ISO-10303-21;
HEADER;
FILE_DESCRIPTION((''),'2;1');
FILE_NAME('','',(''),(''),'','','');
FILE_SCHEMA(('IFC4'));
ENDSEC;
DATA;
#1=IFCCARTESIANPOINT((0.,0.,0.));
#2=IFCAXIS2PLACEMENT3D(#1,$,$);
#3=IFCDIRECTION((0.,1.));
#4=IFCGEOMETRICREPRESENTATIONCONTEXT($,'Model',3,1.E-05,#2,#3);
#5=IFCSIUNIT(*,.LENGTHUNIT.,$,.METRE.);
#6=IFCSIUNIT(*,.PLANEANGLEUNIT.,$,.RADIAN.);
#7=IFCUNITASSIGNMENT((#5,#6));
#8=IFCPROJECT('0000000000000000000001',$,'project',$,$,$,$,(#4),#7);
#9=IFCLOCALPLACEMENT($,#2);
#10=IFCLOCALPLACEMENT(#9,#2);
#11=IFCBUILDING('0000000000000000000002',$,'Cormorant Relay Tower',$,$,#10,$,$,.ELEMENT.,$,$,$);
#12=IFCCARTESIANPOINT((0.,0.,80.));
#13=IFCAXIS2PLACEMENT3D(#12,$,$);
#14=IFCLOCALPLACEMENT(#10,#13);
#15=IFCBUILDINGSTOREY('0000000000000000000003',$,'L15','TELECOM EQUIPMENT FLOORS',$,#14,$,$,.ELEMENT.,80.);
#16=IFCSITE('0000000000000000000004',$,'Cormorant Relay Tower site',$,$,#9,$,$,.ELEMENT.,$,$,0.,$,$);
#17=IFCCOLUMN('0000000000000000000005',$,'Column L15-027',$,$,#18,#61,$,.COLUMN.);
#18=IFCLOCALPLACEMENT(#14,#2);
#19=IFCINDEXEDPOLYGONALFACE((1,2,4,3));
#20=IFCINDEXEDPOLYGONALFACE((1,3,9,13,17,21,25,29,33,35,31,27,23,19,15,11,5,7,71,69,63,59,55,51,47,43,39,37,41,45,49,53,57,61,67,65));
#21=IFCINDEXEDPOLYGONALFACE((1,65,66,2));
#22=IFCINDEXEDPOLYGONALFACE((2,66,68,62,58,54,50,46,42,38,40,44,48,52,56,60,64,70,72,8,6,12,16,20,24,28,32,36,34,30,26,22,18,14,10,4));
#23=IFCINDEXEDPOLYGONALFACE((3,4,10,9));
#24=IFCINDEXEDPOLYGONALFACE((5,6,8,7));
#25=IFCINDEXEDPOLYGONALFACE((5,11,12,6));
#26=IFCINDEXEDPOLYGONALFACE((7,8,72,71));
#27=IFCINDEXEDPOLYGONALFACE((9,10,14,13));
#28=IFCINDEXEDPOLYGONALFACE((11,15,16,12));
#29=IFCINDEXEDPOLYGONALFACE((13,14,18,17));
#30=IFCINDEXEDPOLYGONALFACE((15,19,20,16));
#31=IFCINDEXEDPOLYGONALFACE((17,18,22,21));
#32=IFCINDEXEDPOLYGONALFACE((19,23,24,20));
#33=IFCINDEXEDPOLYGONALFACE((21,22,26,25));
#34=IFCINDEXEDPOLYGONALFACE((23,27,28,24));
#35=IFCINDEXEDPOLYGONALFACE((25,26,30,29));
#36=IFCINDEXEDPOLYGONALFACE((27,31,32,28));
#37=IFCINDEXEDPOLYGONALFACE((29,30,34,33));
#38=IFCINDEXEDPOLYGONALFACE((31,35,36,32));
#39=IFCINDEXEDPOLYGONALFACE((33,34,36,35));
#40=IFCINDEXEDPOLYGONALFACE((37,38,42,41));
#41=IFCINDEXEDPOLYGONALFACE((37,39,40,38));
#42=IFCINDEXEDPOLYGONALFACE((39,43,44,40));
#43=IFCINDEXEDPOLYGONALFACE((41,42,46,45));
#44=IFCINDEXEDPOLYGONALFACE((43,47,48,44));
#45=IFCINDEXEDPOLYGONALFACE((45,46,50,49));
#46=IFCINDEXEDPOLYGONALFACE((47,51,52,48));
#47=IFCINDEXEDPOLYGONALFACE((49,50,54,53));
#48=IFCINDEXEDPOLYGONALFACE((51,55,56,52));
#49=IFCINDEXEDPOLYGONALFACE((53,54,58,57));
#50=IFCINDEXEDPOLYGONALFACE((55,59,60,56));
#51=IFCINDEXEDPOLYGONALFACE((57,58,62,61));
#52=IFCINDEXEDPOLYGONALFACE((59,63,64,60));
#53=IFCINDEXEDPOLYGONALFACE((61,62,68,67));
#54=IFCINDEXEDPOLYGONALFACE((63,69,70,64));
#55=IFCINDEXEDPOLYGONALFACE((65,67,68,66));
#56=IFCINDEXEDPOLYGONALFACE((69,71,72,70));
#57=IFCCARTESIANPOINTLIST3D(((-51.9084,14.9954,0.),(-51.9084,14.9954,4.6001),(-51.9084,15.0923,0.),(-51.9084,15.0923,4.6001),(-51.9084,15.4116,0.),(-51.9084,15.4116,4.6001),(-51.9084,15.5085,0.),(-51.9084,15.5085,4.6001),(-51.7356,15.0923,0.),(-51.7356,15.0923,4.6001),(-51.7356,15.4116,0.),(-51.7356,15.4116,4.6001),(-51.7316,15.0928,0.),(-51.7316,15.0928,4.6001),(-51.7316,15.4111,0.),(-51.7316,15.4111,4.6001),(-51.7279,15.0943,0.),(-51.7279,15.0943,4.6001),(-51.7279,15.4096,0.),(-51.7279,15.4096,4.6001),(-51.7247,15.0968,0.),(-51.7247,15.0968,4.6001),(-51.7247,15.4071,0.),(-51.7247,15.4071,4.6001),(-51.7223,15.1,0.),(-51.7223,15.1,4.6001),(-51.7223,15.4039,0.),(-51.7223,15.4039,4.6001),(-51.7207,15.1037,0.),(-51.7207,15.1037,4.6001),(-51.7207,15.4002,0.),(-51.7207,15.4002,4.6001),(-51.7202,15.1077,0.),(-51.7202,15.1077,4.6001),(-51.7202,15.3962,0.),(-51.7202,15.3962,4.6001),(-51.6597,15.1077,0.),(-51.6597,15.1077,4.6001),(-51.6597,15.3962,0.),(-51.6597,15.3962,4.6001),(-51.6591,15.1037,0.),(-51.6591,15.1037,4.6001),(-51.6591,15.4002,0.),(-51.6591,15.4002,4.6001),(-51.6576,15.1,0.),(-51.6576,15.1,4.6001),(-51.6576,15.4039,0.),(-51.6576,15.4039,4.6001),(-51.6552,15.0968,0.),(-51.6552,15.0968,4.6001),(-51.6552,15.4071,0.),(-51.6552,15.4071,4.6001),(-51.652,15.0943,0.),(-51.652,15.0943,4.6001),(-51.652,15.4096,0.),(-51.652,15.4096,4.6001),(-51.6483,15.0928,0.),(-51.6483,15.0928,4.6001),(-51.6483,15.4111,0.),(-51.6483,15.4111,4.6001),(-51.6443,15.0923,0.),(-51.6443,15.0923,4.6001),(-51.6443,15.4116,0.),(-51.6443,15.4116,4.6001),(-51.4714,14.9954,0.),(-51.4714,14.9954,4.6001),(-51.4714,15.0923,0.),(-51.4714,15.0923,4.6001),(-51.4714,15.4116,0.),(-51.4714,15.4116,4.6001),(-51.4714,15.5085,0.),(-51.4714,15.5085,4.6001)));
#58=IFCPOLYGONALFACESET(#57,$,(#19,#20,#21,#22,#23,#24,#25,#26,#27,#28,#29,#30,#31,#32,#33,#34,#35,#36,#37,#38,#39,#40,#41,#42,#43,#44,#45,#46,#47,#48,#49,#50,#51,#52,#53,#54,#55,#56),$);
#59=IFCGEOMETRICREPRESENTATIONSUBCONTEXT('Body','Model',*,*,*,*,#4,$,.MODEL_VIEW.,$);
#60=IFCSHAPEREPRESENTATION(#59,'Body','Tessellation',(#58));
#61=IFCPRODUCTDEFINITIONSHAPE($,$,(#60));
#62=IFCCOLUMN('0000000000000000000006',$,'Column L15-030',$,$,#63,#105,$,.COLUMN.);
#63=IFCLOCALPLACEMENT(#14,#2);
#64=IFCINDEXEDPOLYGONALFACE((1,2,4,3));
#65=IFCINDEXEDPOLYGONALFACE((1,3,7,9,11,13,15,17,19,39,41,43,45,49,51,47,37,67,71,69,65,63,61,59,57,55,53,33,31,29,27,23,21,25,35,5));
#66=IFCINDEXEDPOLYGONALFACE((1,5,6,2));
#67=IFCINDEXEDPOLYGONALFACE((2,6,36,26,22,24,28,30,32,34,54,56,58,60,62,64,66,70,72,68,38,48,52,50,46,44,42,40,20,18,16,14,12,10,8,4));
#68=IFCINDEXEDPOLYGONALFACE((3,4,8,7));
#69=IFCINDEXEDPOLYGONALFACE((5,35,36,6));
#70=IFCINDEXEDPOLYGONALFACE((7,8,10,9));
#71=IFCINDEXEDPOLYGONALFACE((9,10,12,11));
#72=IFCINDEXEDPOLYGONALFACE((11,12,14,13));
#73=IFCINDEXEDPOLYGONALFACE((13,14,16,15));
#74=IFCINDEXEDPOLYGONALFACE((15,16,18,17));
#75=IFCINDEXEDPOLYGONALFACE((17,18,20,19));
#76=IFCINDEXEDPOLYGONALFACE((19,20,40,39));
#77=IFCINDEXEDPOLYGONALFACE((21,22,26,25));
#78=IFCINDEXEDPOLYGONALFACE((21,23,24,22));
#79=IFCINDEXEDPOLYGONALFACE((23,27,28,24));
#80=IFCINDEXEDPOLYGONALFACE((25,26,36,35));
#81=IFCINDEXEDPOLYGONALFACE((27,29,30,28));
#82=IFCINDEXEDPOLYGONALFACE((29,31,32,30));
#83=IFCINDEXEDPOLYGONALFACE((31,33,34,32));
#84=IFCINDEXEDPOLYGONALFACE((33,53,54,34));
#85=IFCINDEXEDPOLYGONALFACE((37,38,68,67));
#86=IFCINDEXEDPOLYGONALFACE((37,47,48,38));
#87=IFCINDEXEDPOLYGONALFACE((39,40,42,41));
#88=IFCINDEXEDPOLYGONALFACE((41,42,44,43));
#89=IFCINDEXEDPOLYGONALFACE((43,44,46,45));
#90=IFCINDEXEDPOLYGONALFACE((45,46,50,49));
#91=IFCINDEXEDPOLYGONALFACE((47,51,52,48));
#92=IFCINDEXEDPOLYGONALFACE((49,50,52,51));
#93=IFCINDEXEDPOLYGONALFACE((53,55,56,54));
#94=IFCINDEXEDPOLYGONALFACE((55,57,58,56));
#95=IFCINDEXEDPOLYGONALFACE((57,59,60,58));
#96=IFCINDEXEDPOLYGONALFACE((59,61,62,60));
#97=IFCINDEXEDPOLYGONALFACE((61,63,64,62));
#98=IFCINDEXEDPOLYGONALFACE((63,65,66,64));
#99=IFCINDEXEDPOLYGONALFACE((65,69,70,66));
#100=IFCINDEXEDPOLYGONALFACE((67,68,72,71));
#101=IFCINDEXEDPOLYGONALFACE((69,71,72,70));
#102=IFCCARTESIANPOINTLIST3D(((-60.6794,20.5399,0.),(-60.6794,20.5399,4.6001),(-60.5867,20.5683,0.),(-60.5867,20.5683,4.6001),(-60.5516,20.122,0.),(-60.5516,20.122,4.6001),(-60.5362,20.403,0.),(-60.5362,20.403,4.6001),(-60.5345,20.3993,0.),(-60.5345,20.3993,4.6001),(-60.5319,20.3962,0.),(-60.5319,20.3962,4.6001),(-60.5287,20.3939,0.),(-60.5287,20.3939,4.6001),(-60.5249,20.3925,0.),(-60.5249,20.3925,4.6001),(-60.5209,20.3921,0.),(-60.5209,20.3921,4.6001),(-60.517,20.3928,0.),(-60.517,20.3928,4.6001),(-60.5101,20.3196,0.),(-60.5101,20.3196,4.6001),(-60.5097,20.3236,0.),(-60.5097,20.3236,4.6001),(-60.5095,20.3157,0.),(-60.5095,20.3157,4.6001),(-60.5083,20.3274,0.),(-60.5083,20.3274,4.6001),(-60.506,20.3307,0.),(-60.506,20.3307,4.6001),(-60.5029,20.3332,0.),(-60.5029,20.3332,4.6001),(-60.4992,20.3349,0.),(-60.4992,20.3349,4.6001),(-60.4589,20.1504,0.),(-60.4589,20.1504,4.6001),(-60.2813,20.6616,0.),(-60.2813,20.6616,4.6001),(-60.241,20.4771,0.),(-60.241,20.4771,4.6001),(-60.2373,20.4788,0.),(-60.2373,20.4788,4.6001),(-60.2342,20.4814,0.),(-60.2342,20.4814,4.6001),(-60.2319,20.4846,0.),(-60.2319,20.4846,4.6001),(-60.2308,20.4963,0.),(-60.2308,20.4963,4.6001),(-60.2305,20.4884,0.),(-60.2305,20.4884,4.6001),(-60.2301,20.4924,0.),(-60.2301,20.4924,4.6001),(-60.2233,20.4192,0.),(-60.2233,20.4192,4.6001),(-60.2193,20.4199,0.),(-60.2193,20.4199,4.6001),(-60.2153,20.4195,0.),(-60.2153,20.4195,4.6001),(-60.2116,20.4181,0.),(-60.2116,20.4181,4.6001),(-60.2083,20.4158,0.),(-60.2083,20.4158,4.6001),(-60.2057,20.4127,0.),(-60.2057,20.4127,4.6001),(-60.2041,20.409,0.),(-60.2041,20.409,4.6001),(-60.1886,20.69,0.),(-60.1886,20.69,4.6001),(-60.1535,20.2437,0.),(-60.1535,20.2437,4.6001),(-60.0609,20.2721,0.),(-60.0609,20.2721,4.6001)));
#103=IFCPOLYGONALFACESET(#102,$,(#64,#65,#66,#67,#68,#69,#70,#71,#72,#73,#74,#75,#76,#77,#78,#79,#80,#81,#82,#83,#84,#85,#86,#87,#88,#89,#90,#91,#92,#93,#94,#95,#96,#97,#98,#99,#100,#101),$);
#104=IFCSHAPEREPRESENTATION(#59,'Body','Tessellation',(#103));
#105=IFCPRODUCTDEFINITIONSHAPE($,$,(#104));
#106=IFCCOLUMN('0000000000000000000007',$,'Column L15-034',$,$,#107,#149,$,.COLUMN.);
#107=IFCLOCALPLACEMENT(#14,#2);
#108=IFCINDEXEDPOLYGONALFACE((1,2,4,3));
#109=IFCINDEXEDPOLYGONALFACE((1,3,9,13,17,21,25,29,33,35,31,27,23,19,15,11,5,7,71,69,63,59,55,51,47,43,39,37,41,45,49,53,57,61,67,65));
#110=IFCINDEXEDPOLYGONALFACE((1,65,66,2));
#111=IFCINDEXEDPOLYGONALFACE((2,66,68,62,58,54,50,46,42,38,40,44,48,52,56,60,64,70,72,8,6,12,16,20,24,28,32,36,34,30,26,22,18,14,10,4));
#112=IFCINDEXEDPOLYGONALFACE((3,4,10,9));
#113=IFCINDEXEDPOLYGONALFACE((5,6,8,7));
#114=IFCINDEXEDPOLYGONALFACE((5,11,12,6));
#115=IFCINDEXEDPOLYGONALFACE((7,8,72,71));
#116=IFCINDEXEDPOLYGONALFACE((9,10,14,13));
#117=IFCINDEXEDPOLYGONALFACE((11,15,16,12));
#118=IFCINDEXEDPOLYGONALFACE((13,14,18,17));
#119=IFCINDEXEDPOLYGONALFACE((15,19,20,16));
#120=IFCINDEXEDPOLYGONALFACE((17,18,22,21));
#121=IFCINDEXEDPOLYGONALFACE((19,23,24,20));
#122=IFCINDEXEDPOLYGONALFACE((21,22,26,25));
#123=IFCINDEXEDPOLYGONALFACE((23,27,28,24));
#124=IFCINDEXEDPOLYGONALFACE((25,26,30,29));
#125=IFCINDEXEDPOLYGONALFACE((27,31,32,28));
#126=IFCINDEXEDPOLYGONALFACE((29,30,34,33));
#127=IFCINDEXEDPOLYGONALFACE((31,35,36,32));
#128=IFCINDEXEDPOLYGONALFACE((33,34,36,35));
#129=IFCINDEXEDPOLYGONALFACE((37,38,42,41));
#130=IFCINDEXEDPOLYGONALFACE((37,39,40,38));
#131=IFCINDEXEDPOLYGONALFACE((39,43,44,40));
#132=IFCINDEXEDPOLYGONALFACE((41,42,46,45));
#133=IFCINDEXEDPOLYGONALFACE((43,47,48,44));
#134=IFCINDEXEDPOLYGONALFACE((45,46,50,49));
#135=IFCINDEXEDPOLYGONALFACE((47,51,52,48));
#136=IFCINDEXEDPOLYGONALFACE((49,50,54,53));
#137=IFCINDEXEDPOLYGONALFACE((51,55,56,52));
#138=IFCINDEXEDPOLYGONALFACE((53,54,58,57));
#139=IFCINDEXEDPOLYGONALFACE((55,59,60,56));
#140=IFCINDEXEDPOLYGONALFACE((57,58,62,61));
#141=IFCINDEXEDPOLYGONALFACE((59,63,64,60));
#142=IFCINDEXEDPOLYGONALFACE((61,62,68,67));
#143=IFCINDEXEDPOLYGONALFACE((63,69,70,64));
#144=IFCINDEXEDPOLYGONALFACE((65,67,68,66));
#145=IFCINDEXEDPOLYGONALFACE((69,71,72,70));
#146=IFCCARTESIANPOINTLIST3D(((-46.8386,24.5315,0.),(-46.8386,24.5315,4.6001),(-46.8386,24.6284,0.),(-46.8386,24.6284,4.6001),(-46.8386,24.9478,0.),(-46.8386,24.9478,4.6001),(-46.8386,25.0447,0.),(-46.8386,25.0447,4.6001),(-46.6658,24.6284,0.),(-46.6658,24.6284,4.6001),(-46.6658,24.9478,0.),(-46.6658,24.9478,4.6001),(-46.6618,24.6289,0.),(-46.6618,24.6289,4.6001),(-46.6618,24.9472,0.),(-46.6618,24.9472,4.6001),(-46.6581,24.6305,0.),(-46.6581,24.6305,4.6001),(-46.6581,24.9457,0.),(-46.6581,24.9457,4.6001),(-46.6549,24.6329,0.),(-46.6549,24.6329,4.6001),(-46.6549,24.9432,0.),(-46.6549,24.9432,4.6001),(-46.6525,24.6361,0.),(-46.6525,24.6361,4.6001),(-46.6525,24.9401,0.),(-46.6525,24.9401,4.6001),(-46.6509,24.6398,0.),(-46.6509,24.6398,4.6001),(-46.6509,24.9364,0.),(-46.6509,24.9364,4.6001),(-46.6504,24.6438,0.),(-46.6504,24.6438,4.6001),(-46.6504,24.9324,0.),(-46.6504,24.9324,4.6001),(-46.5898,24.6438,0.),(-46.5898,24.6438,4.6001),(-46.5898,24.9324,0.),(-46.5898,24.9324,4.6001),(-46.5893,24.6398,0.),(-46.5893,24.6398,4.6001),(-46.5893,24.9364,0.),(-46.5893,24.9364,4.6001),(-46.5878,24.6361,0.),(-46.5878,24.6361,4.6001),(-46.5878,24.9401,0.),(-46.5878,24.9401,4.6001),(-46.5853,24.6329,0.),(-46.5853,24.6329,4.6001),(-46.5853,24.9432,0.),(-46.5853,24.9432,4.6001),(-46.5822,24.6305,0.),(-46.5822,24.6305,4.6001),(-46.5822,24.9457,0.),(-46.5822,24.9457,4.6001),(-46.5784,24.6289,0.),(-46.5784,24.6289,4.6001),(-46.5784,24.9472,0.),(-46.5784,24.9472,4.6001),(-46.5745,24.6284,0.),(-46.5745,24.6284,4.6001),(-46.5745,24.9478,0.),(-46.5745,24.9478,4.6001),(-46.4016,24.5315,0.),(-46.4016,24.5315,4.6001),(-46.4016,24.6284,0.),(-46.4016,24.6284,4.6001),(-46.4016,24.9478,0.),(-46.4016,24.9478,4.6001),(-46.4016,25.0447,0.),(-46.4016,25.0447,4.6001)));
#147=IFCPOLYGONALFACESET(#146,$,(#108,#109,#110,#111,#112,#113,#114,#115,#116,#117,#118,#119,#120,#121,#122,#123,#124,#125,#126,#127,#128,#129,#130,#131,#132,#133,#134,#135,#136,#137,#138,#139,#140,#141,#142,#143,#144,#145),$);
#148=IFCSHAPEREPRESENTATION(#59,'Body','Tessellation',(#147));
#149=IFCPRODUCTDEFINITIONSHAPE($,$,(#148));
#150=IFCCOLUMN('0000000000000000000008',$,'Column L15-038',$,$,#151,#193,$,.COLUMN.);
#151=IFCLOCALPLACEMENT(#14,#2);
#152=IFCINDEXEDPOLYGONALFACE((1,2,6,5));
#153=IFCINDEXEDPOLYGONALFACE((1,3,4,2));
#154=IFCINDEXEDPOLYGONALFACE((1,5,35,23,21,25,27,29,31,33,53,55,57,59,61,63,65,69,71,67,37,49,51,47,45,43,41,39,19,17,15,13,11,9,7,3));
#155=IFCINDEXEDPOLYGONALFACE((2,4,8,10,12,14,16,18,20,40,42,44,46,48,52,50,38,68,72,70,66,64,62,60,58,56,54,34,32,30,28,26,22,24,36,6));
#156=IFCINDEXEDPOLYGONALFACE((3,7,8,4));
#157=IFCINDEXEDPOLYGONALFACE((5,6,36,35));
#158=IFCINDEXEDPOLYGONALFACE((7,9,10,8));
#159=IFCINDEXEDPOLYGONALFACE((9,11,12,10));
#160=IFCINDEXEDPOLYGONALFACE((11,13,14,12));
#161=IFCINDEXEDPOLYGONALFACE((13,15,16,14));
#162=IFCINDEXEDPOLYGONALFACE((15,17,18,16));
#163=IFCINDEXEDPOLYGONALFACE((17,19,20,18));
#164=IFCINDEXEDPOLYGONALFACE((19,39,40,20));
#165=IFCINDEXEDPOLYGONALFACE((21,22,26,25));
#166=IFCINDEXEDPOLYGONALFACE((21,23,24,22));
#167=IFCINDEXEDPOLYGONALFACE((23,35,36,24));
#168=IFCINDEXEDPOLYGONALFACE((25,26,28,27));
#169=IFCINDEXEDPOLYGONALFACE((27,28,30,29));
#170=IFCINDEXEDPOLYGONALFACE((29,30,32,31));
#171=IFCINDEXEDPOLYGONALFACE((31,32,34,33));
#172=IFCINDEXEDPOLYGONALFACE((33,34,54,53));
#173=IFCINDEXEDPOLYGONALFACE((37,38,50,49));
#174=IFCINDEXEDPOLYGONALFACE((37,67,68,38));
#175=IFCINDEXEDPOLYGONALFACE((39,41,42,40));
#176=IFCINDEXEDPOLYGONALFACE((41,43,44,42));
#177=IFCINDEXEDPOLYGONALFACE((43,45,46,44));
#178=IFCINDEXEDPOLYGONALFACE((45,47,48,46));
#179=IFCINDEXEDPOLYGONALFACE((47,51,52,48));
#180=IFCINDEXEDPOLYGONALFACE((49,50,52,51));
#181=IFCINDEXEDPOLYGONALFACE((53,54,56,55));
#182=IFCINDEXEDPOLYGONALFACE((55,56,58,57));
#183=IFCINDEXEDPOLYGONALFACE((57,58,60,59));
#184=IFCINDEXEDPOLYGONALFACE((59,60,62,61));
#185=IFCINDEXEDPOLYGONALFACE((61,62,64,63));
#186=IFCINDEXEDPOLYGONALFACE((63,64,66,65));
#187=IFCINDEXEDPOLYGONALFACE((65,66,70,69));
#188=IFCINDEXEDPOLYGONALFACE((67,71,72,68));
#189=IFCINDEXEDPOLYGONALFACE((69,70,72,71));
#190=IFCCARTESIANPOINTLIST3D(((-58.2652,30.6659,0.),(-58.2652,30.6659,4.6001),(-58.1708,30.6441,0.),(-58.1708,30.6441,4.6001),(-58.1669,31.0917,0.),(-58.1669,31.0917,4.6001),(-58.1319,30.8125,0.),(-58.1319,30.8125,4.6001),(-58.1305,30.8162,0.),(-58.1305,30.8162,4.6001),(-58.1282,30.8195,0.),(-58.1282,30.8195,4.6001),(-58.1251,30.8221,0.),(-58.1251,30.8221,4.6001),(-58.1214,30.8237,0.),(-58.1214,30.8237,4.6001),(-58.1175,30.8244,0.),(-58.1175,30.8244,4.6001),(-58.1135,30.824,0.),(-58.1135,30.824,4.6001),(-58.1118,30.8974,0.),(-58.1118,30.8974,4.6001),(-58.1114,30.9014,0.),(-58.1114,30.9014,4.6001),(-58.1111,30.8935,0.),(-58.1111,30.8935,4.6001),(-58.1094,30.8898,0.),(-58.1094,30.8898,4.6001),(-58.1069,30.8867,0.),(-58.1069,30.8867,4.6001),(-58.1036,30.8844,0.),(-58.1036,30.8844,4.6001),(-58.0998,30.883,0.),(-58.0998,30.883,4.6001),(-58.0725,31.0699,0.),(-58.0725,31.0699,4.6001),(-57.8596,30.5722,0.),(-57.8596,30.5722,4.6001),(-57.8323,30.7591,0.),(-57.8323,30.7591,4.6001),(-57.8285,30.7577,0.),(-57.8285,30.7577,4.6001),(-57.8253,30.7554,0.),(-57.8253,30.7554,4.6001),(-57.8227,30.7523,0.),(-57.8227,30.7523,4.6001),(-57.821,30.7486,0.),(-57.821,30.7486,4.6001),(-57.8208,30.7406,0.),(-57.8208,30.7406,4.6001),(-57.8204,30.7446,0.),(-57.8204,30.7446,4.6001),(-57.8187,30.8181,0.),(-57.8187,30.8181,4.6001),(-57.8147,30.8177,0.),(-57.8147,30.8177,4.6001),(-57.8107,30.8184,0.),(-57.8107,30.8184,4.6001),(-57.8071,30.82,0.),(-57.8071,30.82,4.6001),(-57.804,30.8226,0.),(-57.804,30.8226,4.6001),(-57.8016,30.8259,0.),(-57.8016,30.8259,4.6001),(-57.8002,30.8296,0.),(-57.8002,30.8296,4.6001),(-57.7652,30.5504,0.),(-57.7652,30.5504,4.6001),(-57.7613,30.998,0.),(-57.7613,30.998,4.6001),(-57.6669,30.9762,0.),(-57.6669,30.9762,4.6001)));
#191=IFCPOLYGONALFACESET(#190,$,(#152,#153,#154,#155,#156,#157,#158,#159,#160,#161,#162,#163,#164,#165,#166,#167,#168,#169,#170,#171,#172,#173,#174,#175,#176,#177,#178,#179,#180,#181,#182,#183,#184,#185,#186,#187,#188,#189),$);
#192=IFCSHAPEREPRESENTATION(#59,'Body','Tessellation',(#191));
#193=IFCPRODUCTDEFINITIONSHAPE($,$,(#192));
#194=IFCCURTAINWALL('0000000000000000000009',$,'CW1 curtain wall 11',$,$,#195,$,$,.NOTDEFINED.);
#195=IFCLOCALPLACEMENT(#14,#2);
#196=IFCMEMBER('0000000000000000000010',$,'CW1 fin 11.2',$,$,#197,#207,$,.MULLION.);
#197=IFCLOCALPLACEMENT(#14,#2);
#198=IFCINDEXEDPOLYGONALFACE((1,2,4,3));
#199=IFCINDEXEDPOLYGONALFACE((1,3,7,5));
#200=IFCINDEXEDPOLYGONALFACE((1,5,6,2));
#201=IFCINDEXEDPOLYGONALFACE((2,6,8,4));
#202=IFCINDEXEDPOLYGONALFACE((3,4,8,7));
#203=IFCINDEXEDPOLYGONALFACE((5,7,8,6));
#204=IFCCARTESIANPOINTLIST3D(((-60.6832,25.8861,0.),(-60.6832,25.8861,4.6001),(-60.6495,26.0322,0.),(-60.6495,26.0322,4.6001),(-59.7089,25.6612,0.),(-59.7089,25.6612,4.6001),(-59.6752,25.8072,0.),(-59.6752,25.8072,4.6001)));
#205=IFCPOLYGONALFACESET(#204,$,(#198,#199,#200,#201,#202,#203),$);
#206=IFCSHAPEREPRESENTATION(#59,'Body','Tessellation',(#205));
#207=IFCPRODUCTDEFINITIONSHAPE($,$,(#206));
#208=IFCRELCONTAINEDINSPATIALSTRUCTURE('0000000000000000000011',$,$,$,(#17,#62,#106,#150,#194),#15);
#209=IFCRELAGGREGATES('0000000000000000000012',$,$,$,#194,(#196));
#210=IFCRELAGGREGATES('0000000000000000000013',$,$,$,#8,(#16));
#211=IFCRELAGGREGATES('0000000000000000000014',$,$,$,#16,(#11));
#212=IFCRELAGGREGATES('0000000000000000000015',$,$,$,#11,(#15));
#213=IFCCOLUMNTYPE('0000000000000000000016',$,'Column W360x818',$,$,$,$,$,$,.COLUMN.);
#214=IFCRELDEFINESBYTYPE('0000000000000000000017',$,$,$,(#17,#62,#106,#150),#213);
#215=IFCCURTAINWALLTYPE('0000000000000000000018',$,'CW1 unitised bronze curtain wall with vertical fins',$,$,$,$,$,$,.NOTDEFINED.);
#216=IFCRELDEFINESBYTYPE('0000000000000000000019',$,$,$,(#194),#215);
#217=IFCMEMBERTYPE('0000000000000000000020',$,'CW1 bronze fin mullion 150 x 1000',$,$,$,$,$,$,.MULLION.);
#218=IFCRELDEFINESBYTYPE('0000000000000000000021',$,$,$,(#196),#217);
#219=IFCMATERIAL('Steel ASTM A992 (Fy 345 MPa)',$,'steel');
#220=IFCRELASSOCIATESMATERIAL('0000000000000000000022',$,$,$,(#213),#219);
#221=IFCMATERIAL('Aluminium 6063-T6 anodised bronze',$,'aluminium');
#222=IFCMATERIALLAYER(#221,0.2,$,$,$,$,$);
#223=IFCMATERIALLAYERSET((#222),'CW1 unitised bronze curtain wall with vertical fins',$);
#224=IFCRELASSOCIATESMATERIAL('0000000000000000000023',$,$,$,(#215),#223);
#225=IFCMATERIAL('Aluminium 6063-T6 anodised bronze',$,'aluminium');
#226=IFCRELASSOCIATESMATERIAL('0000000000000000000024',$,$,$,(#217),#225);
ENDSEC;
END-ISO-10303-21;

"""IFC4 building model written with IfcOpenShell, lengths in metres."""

from ifc_helpers import new_model, si_unit, direction, frame, origin, origin_2d, place, context, subcontext, project, spatial, rectangle, i_section, extrude, material, layer, layer_set, material_profile, profile_set, type_object, element, aggregate, save


model = new_model("IFC4")

# Units and contexts
model_context = context("Model", 3, precision=1e-05, world=origin(), true_north=direction((0.0, 1.0)))
body_context = subcontext(model_context, "Body", "Model", "MODEL_VIEW")
ifc_project = project(units=[si_unit("LENGTHUNIT", "METRE"), si_unit("PLANEANGLEUNIT", "RADIAN")], contexts=[model_context])

# Site, building, storey
site_placement = place(None, origin())
site = spatial("IfcSite", under=ifc_project, at=site_placement, Name="Cormorant Relay Tower site", CompositionType="ELEMENT", RefElevation=0.0)
building_placement = place(site_placement, origin())
building = spatial("IfcBuilding", under=site, at=building_placement, Name="Cormorant Relay Tower", CompositionType="ELEMENT")
storey_placement = place(building_placement, frame((0.0, 0.0, 80.0)))
storey = spatial("IfcBuildingStorey", under=building, at=storey_placement, Name="L15", Description="TELECOM EQUIPMENT FLOORS", CompositionType="ELEMENT", Elevation=80.0)

# Columns
ifc_material_1 = material(Name="Steel ASTM A992 (Fy 345 MPa)", Category="steel")
ifc_material_profile_1 = material_profile(ifc_material_1, i_section(OverallWidth=0.437, OverallDepth=0.5132, WebThickness=0.0605, FlangeThickness=0.0969, FilletRadius=0.0154, at=origin_2d()), Name="W360x818")
ifc_profile_set_1 = profile_set([ifc_material_profile_1], Name="Steel ASTM A992 (Fy 345 MPa)")
column_type = type_object("IfcColumnType", Name="Column W360x818", PredefinedType="COLUMN", material=ifc_profile_set_1)
for number, where, z_axis, x_axis, name in (
    (1, (-51.6899, 15.252, 0.0), (0.0, 0.0, 1.0), (1.0, 0.0, 0.0), "Column L15-027"),
    (2, (-60.3701, 20.406, 0.0), (0.0, 0.0, 1.0), (0.292372, -0.956305, 0.0), "Column L15-030"),
    (3, (-46.6201, 24.7881, 0.0), (0.0, 0.0, 1.0), (1.0, 0.0, 0.0), "Column L15-034"),
    (4, (-57.9661, 30.821, 0.0), (0.0, 0.0, 1.0), (-0.224951, -0.97437, 0.0), "Column L15-038"),
):
    element("IfcColumn", number, at=place(storey_placement, frame(where, z_axis=z_axis, x_axis=x_axis)), inside=storey, type_object=column_type, Name=name, PredefinedType="COLUMN", context=body_context, shape_type="SweptSolid", body=[
        extrude(i_section(OverallWidth=0.437, OverallDepth=0.5132, WebThickness=0.0605, FlangeThickness=0.0969, FilletRadius=0.0154, at=origin_2d()), origin(), (0.0, 0.0, 1.0), 4.6001),
    ])

# Curtain wall, member
ifc_material_2 = material(Name="Aluminium 6063-T6 anodised bronze", Category="aluminium")
ifc_layer_1 = layer(ifc_material_2, 0.2)
ifc_layer_set_1 = layer_set([ifc_layer_1], Name="CW1 unitised bronze curtain wall with vertical fins")
curtain_wall_type = type_object("IfcCurtainWallType", Name="CW1 unitised bronze curtain wall with vertical fins", PredefinedType="NOTDEFINED", material=ifc_layer_set_1)
curtain_wall_1_placement = place(storey_placement, origin())
curtain_wall_1 = element("IfcCurtainWall", 5, at=curtain_wall_1_placement, inside=storey, type_object=curtain_wall_type, Name="CW1 curtain wall 11", PredefinedType="NOTDEFINED")
ifc_material_3 = material(Name="Aluminium 6063-T6 anodised bronze", Category="aluminium")
ifc_material_profile_2 = material_profile(ifc_material_3, rectangle(XDim=0.1499, YDim=1.0, at=origin_2d()), Name="AL 150x1000")
ifc_profile_set_2 = profile_set([ifc_material_profile_2], Name="Aluminium 6063-T6 anodised bronze")
member_type_1 = type_object("IfcMemberType", Name="CW1 bronze fin mullion 150 x 1000", PredefinedType="MULLION", material=ifc_profile_set_2)
member_1_placement = place(storey_placement, frame((-60.1792, 25.8467, 0.0), z_axis=(0.0, 0.0, 1.0), x_axis=(-0.224951, -0.97437, 0.0)))
member_1 = element("IfcMember", 6, at=member_1_placement, type_object=member_type_1, Name="CW1 fin 11.2", PredefinedType="MULLION", context=body_context, shape_type="SweptSolid", body=[
    extrude(rectangle(XDim=0.1499, YDim=1.0, at=origin_2d()), origin(), (0.0, 0.0, 1.0), 4.6001),
])

aggregate(curtain_wall_1, [member_1])

save(model, "model.ifc")
